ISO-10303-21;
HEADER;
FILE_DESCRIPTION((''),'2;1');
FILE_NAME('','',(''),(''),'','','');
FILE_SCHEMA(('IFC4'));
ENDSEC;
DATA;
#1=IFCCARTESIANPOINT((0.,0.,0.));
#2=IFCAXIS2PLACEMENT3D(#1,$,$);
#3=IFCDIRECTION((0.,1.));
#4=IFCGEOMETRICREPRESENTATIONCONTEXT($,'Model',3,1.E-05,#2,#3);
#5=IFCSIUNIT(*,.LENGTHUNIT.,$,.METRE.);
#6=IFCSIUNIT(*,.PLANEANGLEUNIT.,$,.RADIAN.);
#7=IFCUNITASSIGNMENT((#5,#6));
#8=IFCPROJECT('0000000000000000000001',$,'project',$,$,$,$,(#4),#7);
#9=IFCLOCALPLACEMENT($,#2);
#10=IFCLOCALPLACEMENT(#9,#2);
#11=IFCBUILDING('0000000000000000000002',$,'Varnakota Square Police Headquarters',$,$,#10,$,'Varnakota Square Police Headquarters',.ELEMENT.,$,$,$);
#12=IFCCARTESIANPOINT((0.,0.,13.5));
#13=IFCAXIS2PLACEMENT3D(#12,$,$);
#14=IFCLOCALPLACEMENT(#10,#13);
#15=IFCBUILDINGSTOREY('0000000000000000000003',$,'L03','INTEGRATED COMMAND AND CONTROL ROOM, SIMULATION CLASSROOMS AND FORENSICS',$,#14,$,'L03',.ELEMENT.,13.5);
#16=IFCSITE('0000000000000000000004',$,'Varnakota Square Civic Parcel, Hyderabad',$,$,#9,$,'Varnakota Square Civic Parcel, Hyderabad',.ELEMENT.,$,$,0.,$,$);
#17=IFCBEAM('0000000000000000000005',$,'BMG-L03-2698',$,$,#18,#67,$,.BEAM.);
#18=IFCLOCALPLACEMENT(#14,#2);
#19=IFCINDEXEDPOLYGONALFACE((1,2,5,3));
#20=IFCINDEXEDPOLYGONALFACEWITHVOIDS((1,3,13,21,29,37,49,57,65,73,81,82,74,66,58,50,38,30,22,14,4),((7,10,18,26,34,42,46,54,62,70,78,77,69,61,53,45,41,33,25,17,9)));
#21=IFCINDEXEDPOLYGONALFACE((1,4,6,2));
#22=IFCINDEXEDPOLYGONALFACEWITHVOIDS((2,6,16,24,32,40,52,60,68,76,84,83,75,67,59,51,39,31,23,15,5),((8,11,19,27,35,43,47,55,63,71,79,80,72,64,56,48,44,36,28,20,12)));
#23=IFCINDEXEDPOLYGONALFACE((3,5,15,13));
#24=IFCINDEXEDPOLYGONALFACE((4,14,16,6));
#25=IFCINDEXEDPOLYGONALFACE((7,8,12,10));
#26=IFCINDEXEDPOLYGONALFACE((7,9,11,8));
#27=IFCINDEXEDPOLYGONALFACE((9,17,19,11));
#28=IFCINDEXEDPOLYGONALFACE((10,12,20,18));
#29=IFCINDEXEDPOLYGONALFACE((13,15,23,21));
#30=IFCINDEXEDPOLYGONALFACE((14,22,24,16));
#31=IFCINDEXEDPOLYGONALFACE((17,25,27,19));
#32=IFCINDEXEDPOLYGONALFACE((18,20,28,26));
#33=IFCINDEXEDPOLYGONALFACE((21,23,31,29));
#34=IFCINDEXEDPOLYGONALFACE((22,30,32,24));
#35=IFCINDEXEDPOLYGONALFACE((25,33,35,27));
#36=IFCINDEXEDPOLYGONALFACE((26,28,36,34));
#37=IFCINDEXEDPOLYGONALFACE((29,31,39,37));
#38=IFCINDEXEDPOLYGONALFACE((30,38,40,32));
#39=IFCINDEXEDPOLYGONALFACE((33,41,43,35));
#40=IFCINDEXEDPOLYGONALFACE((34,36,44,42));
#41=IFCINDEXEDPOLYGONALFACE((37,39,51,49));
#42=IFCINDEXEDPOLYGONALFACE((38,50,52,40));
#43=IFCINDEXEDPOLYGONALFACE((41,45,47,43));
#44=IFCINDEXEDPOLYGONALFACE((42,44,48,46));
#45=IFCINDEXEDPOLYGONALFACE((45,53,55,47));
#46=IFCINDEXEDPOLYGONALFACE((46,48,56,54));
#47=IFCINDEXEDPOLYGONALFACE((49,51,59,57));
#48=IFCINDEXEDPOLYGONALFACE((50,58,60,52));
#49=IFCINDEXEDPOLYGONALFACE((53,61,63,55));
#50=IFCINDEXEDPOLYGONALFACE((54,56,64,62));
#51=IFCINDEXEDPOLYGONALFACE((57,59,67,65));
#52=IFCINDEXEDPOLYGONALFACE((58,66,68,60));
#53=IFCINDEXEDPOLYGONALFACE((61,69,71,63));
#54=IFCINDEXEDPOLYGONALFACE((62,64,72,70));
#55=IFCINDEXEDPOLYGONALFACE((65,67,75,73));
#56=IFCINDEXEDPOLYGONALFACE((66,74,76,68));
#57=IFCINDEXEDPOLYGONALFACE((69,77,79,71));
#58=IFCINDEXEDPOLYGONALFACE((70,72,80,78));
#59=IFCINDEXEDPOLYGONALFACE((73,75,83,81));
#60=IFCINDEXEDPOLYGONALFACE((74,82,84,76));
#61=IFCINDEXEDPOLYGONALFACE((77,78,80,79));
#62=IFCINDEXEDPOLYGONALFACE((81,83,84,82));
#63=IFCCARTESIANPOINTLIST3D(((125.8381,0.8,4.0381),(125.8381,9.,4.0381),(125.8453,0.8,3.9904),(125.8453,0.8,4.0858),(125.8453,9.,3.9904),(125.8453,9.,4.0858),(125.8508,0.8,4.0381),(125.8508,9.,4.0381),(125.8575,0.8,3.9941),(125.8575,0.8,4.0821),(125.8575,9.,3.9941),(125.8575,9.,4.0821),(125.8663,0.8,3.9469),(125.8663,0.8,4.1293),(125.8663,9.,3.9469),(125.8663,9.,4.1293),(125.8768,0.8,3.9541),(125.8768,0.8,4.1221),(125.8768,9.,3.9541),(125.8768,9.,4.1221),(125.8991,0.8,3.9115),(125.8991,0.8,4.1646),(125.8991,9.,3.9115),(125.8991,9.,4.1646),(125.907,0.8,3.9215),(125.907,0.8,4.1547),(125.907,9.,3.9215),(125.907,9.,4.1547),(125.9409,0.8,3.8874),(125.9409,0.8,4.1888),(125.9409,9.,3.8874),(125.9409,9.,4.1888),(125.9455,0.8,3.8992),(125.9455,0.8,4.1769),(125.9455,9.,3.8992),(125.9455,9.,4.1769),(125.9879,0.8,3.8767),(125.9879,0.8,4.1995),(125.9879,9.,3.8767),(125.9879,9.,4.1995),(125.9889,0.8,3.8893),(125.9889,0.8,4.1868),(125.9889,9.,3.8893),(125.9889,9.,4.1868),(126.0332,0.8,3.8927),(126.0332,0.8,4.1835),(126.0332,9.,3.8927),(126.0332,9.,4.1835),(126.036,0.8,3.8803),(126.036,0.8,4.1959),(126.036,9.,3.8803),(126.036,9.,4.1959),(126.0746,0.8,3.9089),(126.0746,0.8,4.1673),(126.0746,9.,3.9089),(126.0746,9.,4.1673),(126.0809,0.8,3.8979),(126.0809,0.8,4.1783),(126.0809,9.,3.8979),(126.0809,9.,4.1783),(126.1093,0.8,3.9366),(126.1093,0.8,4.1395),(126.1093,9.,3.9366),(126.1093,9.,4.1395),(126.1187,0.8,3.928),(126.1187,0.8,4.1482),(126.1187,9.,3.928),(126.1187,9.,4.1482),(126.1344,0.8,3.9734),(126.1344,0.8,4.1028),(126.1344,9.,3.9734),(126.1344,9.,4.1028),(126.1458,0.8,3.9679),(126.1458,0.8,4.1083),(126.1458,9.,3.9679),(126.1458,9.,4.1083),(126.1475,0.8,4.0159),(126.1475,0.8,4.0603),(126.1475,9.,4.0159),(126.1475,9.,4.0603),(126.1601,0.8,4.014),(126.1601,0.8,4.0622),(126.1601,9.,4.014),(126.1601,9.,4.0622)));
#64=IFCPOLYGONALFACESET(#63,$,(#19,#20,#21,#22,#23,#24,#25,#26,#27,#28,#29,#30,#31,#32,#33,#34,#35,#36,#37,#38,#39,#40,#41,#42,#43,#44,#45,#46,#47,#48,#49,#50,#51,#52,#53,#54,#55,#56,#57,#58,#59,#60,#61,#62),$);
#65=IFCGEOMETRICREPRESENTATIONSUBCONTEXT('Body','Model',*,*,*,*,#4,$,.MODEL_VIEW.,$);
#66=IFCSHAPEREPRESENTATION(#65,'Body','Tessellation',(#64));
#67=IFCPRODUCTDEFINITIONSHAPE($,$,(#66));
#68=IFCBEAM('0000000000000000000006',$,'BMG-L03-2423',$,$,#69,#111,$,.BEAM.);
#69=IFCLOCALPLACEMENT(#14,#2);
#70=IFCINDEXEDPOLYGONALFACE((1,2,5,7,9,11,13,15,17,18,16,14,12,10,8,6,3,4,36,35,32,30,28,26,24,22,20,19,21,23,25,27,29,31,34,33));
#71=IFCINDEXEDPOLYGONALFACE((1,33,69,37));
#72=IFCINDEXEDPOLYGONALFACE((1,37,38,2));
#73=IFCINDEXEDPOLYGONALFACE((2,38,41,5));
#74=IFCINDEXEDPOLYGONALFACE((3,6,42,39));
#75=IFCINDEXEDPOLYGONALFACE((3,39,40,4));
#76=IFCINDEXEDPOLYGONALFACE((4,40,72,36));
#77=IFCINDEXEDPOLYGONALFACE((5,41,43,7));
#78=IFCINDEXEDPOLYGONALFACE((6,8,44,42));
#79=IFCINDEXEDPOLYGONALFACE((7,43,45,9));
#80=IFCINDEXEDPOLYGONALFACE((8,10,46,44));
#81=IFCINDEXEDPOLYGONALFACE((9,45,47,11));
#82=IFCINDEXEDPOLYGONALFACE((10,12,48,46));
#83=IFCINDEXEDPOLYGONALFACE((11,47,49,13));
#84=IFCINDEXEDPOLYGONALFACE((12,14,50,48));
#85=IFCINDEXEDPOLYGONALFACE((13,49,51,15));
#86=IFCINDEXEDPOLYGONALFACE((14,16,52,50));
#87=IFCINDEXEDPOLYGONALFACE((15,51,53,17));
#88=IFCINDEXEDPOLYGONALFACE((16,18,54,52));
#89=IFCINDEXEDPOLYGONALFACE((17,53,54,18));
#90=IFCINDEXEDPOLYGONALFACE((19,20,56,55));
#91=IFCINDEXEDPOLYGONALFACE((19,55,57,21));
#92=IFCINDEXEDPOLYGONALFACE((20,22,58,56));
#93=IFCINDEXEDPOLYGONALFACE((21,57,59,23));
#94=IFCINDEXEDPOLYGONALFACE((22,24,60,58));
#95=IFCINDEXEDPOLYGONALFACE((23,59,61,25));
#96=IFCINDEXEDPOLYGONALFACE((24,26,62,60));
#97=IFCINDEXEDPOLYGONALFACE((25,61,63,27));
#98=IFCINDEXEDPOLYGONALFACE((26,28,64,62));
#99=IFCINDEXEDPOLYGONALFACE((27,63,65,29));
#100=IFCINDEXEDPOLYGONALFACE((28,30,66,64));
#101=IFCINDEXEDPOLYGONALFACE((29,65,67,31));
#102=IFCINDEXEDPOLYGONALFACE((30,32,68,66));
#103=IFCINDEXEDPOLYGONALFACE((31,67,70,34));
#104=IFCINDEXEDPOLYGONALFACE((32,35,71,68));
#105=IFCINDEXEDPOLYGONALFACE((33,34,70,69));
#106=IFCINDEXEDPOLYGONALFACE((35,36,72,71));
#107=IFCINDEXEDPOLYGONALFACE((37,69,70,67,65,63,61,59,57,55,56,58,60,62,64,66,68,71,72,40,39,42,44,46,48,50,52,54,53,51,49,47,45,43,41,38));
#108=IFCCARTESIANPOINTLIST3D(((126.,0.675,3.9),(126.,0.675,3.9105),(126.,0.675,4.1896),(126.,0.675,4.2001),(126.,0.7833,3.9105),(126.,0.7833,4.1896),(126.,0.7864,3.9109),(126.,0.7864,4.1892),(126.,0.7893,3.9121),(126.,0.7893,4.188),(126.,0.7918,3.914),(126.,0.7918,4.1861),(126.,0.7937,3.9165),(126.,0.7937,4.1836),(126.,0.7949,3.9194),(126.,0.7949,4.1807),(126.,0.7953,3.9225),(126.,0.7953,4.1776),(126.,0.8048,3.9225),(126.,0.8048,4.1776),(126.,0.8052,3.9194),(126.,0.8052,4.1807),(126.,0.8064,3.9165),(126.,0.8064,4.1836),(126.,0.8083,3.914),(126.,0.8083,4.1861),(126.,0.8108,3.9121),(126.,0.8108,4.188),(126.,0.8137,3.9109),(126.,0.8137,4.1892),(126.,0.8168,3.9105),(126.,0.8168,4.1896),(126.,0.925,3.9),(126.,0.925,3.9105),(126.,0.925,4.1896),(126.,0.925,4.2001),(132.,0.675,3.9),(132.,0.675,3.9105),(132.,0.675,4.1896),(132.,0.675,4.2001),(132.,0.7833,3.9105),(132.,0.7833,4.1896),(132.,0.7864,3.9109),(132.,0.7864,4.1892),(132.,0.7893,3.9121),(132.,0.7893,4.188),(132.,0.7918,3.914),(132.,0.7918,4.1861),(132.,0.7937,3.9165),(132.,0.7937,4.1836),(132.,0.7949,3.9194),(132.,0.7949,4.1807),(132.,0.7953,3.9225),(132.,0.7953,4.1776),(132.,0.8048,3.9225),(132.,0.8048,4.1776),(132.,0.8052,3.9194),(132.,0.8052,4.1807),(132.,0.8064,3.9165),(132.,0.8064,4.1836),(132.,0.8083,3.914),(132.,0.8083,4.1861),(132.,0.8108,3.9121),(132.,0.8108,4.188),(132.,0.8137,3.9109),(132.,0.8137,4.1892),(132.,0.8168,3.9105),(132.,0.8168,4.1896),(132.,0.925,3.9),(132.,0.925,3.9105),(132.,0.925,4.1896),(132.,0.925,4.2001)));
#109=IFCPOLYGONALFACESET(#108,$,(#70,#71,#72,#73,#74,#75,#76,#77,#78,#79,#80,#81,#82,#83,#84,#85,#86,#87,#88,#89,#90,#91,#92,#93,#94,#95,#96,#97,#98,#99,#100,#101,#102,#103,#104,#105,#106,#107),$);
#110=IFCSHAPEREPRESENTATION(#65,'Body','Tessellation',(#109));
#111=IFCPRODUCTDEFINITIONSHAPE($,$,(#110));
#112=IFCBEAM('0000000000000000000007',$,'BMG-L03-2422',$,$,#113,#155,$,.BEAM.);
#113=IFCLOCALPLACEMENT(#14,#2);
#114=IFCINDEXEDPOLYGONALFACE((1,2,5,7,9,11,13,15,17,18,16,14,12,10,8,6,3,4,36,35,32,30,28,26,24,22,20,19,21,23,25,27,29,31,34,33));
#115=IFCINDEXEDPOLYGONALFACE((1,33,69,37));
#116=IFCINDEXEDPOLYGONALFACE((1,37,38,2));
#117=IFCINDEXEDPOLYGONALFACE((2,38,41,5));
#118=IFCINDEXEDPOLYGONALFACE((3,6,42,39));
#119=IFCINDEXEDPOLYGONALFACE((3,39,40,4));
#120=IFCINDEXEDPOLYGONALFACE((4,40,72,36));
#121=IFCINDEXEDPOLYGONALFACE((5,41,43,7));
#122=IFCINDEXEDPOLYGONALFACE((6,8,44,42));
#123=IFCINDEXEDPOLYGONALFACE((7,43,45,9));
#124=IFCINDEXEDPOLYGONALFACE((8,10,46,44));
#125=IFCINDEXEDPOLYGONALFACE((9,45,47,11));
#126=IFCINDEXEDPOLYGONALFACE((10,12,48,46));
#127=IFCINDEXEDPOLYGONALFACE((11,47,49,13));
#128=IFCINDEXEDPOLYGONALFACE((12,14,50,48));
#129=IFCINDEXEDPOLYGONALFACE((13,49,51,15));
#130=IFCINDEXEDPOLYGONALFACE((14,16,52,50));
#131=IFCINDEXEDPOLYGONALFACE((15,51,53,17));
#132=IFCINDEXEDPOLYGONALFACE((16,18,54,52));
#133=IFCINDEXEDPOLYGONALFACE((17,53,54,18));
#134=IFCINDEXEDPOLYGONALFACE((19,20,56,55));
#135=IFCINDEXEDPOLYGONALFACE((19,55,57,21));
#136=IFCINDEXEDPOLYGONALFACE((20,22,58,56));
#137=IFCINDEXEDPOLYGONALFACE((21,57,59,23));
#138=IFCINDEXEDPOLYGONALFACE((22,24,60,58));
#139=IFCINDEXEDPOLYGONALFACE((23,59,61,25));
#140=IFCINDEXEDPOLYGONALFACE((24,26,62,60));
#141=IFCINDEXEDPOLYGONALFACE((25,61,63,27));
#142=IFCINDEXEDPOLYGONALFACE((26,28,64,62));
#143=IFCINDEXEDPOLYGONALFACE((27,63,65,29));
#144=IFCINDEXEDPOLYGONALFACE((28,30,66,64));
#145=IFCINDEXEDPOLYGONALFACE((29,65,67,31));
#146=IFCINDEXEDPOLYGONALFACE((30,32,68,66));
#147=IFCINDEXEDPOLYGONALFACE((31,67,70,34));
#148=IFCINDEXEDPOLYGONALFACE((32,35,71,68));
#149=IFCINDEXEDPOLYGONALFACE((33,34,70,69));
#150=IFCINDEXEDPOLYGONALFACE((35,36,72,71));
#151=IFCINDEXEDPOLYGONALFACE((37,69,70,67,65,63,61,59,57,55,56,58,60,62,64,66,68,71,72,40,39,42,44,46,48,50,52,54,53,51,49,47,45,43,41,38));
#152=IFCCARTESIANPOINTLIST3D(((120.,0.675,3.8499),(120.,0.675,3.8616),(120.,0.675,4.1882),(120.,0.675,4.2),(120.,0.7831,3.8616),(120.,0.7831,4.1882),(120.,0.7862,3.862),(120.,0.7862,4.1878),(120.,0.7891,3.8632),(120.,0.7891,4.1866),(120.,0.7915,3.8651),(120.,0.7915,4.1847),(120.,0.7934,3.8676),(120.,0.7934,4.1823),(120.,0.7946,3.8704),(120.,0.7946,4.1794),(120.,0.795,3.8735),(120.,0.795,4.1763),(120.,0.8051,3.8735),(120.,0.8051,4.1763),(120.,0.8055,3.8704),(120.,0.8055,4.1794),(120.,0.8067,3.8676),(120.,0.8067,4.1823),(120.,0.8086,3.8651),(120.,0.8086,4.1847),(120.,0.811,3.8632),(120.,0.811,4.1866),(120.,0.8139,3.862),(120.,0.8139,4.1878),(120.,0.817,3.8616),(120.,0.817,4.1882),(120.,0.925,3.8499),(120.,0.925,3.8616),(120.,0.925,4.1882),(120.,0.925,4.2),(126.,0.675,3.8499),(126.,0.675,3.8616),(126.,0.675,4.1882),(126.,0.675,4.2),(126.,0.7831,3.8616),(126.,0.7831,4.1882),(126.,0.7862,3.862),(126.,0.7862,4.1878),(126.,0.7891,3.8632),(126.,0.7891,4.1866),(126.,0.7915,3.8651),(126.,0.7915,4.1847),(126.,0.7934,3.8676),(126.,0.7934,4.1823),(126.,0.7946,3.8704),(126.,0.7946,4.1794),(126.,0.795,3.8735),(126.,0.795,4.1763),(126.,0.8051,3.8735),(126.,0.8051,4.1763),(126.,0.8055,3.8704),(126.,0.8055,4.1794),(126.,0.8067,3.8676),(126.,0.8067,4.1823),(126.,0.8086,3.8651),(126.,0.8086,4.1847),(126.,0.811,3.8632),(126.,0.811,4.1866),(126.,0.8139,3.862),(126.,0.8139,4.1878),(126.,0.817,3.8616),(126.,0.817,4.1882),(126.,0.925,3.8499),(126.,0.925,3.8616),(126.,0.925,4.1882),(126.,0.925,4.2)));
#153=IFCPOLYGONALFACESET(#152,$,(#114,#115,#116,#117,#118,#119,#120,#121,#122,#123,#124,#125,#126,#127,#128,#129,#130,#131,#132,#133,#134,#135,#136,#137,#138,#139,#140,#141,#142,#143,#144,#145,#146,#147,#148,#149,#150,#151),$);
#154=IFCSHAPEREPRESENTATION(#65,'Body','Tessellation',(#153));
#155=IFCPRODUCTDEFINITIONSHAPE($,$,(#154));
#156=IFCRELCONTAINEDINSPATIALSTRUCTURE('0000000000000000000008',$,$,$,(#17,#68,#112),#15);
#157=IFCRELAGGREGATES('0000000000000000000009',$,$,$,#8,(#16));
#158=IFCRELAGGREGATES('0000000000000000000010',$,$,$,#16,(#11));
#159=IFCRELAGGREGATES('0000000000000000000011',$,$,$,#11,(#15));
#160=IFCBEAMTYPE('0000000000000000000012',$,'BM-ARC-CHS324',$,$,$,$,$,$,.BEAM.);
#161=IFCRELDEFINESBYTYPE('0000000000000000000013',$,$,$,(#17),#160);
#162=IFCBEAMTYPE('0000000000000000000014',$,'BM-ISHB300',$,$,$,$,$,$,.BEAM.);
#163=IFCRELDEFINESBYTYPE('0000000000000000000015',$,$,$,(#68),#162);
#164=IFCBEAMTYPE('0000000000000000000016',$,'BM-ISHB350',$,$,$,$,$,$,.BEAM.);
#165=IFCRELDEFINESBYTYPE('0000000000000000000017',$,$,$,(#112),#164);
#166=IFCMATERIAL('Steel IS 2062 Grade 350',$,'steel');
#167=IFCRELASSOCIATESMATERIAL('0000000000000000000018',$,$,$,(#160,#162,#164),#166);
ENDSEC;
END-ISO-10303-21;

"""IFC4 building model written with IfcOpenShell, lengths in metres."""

from ifc_helpers import new_model, si_unit, direction, frame, origin, origin_2d, place, context, subcontext, project, spatial, hollow_circle, i_section, extrude, material, material_profile, profile_set, type_object, element, save


model = new_model("IFC4")

# Units and contexts
model_context = context("Model", 3, precision=1e-05, world=origin(), true_north=direction((0.0, 1.0)))
body_context = subcontext(model_context, "Body", "Model", "MODEL_VIEW")
ifc_project = project(units=[si_unit("LENGTHUNIT", "METRE"), si_unit("PLANEANGLEUNIT", "RADIAN")], contexts=[model_context])

# Site, building, storey
site_placement = place(None, origin())
site = spatial("IfcSite", under=ifc_project, at=site_placement, Name="Varnakota Square Civic Parcel, Hyderabad", LongName="Varnakota Square Civic Parcel, Hyderabad", CompositionType="ELEMENT", RefElevation=0.0)
building_placement = place(site_placement, origin())
building = spatial("IfcBuilding", under=site, at=building_placement, Name="Varnakota Square Police Headquarters", LongName="Varnakota Square Police Headquarters", CompositionType="ELEMENT")
storey_placement = place(building_placement, frame((0.0, 0.0, 13.5)))
storey = spatial("IfcBuildingStorey", under=building, at=storey_placement, Name="L03", Description="INTEGRATED COMMAND AND CONTROL ROOM, SIMULATION CLASSROOMS AND FORENSICS", LongName="L03", CompositionType="ELEMENT", Elevation=13.5)

# Shared definitions
ifc_material_1 = material(Name="Steel IS 2062 Grade 350", Category="steel")

# Beams
ifc_material_profile_1 = material_profile(ifc_material_1, hollow_circle(Radius=0.1619, WallThickness=0.0127, at=origin_2d()), Name="CHS 323.9x12.7")
ifc_profile_set_1 = profile_set([ifc_material_profile_1], Name="Steel IS 2062 Grade 350")
beam_type_1 = type_object("IfcBeamType", Name="BM-ARC-CHS324", PredefinedType="BEAM", material=ifc_profile_set_1)
for number, where, z_axis, x_axis, name in (
    (1, (126.0, 0.8, 4.0381), (0.0, 1.0, 0.0), (-1.0, 0.0, 0.0), "BMG-L03-2698"),
):
    element("IfcBeam", number, at=place(storey_placement, frame(where, z_axis=z_axis, x_axis=x_axis)), inside=storey, type_object=beam_type_1, Name=name, PredefinedType="BEAM", context=body_context, shape_type="SweptSolid", body=[
        extrude(hollow_circle(Radius=0.1619, WallThickness=0.0127, at=origin_2d()), origin(), (0.0, 0.0, 1.0), 8.2),
    ])
ifc_material_profile_2 = material_profile(ifc_material_1, i_section(OverallWidth=0.25, OverallDepth=0.3, WebThickness=0.0095, FlangeThickness=0.0105, FilletRadius=0.012, at=origin_2d()), Name="ISHB 300")
ifc_profile_set_2 = profile_set([ifc_material_profile_2], Name="Steel IS 2062 Grade 350")
beam_type_2 = type_object("IfcBeamType", Name="BM-ISHB300", PredefinedType="BEAM", material=ifc_profile_set_2)
beam_1_placement = place(storey_placement, frame((126.0, 0.8, 4.05), z_axis=(1.0, 0.0, 0.0), x_axis=(0.0, 1.0, 0.0)))
element("IfcBeam", 2, at=beam_1_placement, inside=storey, type_object=beam_type_2, Name="BMG-L03-2423", PredefinedType="BEAM", context=body_context, shape_type="SweptSolid", body=[
    extrude(i_section(OverallWidth=0.25, OverallDepth=0.3, WebThickness=0.0095, FlangeThickness=0.0105, FilletRadius=0.012, at=origin_2d()), origin(), (0.0, 0.0, 1.0), 6.0),
])
ifc_material_profile_3 = material_profile(ifc_material_1, i_section(OverallWidth=0.25, OverallDepth=0.3501, WebThickness=0.01, FlangeThickness=0.0117, FilletRadius=0.012, at=origin_2d()), Name="ISHB 350")
ifc_profile_set_3 = profile_set([ifc_material_profile_3], Name="Steel IS 2062 Grade 350")
beam_type_3 = type_object("IfcBeamType", Name="BM-ISHB350", PredefinedType="BEAM", material=ifc_profile_set_3)
beam_2_placement = place(storey_placement, frame((120.0, 0.8, 4.0249), z_axis=(1.0, 0.0, 0.0), x_axis=(0.0, 1.0, 0.0)))
element("IfcBeam", 3, at=beam_2_placement, inside=storey, type_object=beam_type_3, Name="BMG-L03-2422", PredefinedType="BEAM", context=body_context, shape_type="SweptSolid", body=[
    extrude(i_section(OverallWidth=0.25, OverallDepth=0.3501, WebThickness=0.01, FlangeThickness=0.0117, FilletRadius=0.012, at=origin_2d()), origin(), (0.0, 0.0, 1.0), 6.0),
])

save(model, "model.ifc")
